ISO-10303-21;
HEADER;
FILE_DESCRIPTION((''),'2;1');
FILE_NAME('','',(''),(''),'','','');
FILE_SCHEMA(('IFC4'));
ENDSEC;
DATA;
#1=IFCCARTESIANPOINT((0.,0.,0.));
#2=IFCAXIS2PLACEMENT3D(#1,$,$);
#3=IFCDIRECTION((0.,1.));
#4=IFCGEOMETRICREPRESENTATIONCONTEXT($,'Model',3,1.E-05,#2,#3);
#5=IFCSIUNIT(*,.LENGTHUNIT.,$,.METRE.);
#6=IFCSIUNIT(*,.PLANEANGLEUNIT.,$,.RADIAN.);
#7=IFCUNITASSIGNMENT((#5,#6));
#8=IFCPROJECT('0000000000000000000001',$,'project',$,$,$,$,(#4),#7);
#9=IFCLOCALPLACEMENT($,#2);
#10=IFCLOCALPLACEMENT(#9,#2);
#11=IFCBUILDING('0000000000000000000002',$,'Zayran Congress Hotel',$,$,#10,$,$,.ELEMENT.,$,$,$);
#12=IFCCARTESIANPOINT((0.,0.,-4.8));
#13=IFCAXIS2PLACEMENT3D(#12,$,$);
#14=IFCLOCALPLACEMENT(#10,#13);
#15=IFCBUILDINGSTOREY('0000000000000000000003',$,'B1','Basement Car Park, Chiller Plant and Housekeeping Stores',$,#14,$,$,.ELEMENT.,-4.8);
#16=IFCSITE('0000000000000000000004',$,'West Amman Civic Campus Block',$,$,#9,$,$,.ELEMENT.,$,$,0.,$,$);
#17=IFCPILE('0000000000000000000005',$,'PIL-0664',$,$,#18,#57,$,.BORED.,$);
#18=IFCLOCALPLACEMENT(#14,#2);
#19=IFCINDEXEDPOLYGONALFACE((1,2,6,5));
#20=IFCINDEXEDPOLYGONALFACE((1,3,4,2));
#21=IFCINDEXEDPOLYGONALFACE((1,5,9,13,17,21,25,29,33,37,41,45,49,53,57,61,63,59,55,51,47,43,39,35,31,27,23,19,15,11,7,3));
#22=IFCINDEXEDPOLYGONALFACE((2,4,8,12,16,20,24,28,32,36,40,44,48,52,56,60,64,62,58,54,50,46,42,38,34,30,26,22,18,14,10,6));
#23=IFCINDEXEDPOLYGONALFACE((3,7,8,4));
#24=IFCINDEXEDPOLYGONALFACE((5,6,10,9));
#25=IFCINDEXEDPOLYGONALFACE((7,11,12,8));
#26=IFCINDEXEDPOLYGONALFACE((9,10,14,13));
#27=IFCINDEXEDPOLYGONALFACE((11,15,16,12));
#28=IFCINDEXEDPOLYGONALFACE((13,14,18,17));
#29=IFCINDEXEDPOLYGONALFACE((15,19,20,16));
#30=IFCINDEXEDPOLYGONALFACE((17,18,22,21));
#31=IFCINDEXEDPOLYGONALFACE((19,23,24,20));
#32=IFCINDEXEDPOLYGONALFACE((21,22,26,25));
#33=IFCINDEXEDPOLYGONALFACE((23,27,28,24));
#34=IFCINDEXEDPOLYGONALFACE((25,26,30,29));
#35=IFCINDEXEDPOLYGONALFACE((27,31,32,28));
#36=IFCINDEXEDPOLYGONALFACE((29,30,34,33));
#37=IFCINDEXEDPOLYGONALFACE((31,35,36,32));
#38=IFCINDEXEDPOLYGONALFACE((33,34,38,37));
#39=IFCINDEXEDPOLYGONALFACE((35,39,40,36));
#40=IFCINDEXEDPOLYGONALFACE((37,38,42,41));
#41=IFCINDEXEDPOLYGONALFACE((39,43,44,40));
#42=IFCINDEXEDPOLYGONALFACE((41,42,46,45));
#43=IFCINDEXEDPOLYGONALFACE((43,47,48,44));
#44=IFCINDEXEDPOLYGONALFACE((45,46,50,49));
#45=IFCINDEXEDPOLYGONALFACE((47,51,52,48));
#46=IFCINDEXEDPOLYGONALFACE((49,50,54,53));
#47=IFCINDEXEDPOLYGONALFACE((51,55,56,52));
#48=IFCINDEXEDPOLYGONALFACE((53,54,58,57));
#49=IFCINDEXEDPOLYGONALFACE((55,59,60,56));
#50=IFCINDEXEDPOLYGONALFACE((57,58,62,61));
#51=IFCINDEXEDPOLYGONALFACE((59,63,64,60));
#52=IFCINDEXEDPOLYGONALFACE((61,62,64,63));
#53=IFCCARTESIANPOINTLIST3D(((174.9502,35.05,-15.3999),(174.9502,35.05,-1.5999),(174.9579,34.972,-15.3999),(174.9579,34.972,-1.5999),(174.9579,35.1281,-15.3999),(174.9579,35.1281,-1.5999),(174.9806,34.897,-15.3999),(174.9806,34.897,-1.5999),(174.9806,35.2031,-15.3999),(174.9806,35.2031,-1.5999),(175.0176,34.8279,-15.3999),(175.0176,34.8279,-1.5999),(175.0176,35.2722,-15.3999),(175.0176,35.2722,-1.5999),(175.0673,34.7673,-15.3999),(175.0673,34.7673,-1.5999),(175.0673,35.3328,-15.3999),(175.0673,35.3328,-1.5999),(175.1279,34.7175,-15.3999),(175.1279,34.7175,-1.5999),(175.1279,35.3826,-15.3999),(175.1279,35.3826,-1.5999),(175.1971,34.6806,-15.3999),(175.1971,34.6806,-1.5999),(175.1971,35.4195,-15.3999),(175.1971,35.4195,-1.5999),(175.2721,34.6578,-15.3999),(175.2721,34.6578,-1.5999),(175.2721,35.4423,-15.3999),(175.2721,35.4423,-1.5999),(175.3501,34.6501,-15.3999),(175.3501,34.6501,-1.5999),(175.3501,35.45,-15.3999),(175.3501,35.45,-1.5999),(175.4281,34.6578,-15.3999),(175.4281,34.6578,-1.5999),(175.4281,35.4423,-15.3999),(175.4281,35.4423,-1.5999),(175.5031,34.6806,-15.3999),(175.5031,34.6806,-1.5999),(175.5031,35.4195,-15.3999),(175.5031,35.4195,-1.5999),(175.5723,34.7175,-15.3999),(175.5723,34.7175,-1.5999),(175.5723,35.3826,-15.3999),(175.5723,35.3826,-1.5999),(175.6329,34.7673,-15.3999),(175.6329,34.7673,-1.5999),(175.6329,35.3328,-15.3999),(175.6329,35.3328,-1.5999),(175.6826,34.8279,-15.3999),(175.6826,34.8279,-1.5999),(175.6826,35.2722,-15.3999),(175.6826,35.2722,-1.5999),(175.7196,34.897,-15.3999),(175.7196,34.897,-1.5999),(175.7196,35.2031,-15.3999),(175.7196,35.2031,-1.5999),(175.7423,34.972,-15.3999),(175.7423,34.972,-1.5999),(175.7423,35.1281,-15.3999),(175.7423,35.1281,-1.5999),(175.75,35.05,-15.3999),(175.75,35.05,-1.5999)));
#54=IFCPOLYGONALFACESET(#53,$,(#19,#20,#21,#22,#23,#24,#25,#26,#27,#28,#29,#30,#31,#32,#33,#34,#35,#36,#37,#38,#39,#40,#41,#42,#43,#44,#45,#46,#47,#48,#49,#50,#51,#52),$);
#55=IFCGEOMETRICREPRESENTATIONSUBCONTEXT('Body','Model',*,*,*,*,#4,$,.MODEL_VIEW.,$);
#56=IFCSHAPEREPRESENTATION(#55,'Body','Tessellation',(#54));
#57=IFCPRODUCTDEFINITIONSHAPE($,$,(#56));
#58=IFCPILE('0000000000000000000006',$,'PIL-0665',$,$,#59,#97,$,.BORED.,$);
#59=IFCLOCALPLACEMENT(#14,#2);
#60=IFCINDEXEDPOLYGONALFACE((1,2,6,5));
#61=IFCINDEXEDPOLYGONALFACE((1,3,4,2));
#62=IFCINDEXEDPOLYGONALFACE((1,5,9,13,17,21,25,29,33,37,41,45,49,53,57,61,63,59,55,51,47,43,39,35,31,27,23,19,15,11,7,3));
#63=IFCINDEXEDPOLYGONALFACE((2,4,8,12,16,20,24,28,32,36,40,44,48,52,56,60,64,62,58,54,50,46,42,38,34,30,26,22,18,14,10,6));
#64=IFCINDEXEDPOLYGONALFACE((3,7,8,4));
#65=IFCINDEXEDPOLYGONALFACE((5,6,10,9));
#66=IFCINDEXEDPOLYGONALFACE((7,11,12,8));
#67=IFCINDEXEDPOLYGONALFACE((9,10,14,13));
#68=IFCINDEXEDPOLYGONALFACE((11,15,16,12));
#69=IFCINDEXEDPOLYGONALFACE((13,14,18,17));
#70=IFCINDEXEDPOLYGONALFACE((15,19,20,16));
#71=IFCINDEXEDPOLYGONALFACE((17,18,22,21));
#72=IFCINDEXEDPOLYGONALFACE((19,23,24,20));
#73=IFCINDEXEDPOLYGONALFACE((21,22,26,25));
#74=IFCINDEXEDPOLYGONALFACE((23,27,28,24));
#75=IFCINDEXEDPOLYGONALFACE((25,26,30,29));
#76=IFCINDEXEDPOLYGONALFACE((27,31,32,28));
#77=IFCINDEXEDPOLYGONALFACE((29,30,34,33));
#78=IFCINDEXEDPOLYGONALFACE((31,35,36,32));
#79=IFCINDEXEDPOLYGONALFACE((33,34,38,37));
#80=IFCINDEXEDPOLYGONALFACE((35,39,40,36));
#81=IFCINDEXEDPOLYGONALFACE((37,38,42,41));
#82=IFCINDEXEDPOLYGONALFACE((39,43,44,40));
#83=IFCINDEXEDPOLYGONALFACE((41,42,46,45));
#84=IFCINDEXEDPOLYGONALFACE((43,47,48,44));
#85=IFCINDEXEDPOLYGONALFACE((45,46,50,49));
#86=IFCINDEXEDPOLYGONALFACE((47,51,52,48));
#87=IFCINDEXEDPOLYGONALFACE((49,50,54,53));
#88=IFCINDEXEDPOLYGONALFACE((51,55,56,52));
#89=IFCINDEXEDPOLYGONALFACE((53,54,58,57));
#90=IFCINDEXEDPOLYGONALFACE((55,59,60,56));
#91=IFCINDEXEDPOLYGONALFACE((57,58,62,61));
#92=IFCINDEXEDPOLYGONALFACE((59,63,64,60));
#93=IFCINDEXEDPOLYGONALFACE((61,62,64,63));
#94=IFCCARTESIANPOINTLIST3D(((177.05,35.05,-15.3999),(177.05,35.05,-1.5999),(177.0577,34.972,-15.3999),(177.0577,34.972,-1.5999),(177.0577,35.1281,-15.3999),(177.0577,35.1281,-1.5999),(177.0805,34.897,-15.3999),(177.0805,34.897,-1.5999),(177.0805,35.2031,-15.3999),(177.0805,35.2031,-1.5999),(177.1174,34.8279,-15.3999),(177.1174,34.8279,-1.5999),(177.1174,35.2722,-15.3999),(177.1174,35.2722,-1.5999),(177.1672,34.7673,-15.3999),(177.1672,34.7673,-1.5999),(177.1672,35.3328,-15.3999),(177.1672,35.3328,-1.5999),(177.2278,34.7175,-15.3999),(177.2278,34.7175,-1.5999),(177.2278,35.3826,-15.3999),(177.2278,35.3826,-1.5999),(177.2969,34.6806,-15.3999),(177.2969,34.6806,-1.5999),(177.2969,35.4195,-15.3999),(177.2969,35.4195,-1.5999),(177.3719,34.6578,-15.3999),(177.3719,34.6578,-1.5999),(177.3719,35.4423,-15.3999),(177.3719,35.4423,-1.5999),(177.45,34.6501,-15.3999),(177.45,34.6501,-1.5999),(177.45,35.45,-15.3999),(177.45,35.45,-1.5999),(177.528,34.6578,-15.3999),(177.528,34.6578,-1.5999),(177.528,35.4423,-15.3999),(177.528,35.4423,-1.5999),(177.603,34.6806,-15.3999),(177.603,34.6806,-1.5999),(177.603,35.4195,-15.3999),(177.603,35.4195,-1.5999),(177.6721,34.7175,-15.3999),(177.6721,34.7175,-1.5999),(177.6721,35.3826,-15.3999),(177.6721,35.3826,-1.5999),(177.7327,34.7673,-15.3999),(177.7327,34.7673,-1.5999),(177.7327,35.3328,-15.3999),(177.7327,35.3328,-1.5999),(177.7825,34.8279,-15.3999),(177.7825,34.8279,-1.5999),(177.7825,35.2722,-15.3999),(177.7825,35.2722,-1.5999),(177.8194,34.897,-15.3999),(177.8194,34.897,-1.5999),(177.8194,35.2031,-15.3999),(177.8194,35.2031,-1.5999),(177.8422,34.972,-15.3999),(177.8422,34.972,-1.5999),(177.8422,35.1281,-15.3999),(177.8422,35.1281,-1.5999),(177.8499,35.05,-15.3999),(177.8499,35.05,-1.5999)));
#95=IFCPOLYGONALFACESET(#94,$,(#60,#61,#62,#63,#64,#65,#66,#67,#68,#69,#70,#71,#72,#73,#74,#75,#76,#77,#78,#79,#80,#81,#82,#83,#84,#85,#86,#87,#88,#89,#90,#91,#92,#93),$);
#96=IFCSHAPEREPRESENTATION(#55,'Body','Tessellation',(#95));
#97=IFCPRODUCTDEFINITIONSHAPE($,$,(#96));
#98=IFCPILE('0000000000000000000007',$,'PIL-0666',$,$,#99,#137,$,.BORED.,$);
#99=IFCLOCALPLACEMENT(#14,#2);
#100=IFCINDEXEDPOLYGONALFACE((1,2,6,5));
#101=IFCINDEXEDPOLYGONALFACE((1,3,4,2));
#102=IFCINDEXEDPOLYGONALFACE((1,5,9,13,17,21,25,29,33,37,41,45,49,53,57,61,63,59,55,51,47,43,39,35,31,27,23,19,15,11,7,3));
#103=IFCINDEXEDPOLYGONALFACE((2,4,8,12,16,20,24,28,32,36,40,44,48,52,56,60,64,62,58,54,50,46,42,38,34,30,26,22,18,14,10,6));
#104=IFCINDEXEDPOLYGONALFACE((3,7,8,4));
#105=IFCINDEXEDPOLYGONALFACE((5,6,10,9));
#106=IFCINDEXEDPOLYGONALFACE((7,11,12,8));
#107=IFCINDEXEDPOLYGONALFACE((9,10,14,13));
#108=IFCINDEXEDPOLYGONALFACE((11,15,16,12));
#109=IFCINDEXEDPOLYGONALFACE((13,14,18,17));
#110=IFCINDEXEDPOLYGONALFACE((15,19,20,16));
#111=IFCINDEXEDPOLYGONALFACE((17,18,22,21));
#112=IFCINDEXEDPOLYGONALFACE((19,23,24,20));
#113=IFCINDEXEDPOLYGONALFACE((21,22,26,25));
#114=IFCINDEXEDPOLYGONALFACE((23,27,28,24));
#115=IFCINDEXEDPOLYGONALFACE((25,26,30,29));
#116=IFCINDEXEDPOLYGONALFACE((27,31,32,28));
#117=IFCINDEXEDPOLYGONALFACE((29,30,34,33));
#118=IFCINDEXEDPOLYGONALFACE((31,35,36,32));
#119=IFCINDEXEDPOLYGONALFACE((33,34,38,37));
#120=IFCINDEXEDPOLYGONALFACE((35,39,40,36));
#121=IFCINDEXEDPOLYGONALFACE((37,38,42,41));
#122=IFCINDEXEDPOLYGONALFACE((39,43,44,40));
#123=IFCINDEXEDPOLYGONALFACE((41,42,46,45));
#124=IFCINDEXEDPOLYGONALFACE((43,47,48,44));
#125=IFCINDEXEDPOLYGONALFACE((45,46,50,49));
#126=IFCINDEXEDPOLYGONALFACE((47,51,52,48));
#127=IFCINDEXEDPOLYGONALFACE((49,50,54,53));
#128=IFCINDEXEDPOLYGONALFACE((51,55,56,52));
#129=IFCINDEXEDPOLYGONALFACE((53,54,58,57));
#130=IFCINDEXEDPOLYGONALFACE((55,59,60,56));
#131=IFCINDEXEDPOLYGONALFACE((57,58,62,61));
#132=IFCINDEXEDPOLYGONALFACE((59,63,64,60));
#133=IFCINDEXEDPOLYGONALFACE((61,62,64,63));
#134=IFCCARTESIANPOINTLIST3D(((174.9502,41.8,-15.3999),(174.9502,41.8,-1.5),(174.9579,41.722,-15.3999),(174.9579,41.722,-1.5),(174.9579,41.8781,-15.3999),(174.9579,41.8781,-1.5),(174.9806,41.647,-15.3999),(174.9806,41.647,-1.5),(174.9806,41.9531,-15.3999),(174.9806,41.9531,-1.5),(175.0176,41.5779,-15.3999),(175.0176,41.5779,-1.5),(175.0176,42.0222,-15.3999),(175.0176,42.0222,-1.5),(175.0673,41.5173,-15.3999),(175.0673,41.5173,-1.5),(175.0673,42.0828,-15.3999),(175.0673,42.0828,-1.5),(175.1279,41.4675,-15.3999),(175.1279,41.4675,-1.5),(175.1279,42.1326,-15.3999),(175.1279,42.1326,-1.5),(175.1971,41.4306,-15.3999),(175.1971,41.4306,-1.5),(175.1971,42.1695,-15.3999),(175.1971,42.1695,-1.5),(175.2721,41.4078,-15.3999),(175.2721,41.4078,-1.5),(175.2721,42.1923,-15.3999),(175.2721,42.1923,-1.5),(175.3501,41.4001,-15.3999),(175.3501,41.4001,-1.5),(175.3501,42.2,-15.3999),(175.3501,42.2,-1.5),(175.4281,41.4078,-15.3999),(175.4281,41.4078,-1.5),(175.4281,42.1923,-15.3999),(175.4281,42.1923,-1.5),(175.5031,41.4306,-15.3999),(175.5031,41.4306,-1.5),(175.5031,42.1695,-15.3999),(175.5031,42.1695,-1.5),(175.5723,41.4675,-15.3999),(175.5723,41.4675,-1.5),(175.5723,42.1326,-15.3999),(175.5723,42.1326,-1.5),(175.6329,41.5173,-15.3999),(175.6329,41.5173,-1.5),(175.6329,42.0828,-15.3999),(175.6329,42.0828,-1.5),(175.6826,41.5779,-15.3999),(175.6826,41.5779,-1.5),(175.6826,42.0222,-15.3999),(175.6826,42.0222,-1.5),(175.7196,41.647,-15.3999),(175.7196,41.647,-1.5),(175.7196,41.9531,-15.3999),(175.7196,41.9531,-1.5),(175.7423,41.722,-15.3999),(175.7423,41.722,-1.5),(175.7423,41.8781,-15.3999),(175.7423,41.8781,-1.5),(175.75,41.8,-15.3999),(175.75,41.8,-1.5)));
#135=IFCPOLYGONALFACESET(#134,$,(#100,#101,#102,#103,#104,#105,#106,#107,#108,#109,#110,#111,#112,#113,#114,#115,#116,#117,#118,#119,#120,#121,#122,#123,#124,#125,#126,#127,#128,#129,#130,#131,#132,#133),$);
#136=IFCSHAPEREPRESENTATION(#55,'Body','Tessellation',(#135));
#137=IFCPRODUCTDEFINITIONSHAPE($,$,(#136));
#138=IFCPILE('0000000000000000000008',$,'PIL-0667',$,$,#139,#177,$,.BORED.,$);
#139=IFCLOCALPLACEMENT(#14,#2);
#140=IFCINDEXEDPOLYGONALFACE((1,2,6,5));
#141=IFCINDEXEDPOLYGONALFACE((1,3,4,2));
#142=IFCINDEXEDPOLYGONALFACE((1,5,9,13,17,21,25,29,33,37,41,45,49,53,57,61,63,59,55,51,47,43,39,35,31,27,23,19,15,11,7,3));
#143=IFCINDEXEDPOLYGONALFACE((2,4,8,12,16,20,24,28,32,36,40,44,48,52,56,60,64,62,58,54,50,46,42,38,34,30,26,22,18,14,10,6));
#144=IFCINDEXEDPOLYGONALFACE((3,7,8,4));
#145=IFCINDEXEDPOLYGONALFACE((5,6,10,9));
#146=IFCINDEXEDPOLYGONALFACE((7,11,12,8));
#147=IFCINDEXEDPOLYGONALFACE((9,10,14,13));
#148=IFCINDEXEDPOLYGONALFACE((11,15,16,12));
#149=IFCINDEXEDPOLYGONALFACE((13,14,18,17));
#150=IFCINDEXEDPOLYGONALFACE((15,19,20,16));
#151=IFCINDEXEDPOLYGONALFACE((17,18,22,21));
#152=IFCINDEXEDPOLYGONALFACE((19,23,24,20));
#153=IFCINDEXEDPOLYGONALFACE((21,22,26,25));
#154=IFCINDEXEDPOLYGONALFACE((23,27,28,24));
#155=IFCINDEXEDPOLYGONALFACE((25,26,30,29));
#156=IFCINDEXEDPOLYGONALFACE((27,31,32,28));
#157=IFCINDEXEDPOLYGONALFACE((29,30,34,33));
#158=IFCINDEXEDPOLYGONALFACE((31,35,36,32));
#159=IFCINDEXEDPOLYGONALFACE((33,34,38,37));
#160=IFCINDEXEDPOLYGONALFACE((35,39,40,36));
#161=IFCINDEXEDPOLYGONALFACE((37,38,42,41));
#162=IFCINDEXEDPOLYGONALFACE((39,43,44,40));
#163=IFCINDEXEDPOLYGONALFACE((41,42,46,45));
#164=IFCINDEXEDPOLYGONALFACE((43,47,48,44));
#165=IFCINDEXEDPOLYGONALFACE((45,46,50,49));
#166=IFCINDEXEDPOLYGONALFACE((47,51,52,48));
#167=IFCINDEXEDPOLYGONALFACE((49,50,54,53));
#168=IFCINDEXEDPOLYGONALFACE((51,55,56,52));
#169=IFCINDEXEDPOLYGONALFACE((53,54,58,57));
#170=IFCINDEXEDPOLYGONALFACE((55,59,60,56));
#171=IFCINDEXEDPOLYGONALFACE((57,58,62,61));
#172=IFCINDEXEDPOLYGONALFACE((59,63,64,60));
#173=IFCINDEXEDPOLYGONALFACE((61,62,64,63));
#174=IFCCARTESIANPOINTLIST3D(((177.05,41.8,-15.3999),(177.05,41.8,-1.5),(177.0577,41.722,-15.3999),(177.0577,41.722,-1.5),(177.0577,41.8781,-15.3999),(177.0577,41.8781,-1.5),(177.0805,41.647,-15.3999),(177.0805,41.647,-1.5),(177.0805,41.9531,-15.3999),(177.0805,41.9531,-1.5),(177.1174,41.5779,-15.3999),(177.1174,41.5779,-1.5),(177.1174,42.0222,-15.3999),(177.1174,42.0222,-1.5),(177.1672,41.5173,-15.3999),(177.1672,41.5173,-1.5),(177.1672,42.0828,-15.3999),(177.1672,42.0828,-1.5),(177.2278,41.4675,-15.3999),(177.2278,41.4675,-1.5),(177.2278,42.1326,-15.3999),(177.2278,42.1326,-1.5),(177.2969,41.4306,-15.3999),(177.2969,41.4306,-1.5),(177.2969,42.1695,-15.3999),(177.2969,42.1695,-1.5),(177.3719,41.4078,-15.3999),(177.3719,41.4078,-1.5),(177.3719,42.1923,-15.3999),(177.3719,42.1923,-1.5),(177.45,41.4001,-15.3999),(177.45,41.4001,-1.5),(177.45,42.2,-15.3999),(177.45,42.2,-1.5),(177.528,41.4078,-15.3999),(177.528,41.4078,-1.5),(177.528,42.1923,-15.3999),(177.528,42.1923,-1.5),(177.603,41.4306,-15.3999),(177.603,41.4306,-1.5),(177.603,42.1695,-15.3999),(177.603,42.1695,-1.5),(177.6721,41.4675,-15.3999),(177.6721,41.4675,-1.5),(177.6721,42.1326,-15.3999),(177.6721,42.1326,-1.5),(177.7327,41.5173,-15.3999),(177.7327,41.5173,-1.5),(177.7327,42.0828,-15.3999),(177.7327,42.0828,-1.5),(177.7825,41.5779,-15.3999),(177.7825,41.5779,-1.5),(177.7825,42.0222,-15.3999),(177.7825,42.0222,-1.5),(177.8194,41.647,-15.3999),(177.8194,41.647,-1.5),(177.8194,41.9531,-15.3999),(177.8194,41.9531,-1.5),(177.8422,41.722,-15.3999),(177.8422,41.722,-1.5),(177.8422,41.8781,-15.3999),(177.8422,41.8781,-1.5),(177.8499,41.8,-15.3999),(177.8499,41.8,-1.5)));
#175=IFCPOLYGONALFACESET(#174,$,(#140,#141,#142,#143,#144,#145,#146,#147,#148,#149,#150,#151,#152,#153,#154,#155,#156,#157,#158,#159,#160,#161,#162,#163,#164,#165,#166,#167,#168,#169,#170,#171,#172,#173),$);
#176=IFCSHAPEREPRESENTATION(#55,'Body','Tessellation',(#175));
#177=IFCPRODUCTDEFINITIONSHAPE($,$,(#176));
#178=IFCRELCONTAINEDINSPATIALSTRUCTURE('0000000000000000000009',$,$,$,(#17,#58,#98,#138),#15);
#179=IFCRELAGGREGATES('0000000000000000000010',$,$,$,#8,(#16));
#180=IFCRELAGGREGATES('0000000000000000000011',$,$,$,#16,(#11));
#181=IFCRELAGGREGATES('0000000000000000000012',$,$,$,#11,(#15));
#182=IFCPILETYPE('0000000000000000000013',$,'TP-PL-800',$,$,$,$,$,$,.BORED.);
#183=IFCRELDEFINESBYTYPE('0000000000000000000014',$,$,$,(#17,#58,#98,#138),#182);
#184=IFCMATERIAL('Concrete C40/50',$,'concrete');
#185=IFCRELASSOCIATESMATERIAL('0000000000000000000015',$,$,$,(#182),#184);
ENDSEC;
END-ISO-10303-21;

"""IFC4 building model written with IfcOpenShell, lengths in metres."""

from ifc_helpers import new_model, si_unit, direction, frame, origin, origin_2d, place, context, subcontext, project, spatial, circle, extrude, material, material_profile, profile_set, type_object, element, save


model = new_model("IFC4")

# Units and contexts
model_context = context("Model", 3, precision=1e-05, world=origin(), true_north=direction((0.0, 1.0)))
body_context = subcontext(model_context, "Body", "Model", "MODEL_VIEW")
ifc_project = project(units=[si_unit("LENGTHUNIT", "METRE"), si_unit("PLANEANGLEUNIT", "RADIAN")], contexts=[model_context])

# Site, building, storey
site_placement = place(None, origin())
site = spatial("IfcSite", under=ifc_project, at=site_placement, Name="West Amman Civic Campus Block", CompositionType="ELEMENT", RefElevation=0.0)
building_placement = place(site_placement, origin())
building = spatial("IfcBuilding", under=site, at=building_placement, Name="Zayran Congress Hotel", CompositionType="ELEMENT")
storey_placement = place(building_placement, frame((0.0, 0.0, -4.8)))
storey = spatial("IfcBuildingStorey", under=building, at=storey_placement, Name="B1", Description="Basement Car Park, Chiller Plant and Housekeeping Stores", CompositionType="ELEMENT", Elevation=-4.8)

# Piles
ifc_material_1 = material(Name="Concrete C40/50", Category="concrete")
ifc_material_profile_1 = material_profile(ifc_material_1, circle(Radius=0.3999, at=origin_2d()), Name="PILE D800")
ifc_profile_set_1 = profile_set([ifc_material_profile_1], Name="Concrete C40/50")
pile_type = type_object("IfcPileType", Name="TP-PL-800", PredefinedType="BORED", material=ifc_profile_set_1)
for number, where, z_axis, x_axis, name in (
    (1, (175.3501, 35.05, -1.5999), (0.0, 0.0, -1.0), (1.0, 0.0, 0.0), "PIL-0664"),
    (2, (177.45, 35.05, -1.5999), (0.0, 0.0, -1.0), (1.0, 0.0, 0.0), "PIL-0665"),
):
    element("IfcPile", number, at=place(storey_placement, frame(where, z_axis=z_axis, x_axis=x_axis)), inside=storey, type_object=pile_type, Name=name, PredefinedType="BORED", context=body_context, shape_type="SweptSolid", body=[
        extrude(circle(Radius=0.3999, at=origin_2d()), origin(), (0.0, 0.0, 1.0), 13.8),
    ])
for number, where, z_axis, x_axis, name in (
    (3, (175.3501, 41.8, -1.5), (0.0, 0.0, -1.0), (1.0, 0.0, 0.0), "PIL-0666"),
    (4, (177.45, 41.8, -1.5), (0.0, 0.0, -1.0), (1.0, 0.0, 0.0), "PIL-0667"),
):
    element("IfcPile", number, at=place(storey_placement, frame(where, z_axis=z_axis, x_axis=x_axis)), inside=storey, type_object=pile_type, Name=name, PredefinedType="BORED", context=body_context, shape_type="SweptSolid", body=[
        extrude(circle(Radius=0.3999, at=origin_2d()), origin(), (0.0, 0.0, 1.0), 13.8999),
    ])

save(model, "model.ifc")
